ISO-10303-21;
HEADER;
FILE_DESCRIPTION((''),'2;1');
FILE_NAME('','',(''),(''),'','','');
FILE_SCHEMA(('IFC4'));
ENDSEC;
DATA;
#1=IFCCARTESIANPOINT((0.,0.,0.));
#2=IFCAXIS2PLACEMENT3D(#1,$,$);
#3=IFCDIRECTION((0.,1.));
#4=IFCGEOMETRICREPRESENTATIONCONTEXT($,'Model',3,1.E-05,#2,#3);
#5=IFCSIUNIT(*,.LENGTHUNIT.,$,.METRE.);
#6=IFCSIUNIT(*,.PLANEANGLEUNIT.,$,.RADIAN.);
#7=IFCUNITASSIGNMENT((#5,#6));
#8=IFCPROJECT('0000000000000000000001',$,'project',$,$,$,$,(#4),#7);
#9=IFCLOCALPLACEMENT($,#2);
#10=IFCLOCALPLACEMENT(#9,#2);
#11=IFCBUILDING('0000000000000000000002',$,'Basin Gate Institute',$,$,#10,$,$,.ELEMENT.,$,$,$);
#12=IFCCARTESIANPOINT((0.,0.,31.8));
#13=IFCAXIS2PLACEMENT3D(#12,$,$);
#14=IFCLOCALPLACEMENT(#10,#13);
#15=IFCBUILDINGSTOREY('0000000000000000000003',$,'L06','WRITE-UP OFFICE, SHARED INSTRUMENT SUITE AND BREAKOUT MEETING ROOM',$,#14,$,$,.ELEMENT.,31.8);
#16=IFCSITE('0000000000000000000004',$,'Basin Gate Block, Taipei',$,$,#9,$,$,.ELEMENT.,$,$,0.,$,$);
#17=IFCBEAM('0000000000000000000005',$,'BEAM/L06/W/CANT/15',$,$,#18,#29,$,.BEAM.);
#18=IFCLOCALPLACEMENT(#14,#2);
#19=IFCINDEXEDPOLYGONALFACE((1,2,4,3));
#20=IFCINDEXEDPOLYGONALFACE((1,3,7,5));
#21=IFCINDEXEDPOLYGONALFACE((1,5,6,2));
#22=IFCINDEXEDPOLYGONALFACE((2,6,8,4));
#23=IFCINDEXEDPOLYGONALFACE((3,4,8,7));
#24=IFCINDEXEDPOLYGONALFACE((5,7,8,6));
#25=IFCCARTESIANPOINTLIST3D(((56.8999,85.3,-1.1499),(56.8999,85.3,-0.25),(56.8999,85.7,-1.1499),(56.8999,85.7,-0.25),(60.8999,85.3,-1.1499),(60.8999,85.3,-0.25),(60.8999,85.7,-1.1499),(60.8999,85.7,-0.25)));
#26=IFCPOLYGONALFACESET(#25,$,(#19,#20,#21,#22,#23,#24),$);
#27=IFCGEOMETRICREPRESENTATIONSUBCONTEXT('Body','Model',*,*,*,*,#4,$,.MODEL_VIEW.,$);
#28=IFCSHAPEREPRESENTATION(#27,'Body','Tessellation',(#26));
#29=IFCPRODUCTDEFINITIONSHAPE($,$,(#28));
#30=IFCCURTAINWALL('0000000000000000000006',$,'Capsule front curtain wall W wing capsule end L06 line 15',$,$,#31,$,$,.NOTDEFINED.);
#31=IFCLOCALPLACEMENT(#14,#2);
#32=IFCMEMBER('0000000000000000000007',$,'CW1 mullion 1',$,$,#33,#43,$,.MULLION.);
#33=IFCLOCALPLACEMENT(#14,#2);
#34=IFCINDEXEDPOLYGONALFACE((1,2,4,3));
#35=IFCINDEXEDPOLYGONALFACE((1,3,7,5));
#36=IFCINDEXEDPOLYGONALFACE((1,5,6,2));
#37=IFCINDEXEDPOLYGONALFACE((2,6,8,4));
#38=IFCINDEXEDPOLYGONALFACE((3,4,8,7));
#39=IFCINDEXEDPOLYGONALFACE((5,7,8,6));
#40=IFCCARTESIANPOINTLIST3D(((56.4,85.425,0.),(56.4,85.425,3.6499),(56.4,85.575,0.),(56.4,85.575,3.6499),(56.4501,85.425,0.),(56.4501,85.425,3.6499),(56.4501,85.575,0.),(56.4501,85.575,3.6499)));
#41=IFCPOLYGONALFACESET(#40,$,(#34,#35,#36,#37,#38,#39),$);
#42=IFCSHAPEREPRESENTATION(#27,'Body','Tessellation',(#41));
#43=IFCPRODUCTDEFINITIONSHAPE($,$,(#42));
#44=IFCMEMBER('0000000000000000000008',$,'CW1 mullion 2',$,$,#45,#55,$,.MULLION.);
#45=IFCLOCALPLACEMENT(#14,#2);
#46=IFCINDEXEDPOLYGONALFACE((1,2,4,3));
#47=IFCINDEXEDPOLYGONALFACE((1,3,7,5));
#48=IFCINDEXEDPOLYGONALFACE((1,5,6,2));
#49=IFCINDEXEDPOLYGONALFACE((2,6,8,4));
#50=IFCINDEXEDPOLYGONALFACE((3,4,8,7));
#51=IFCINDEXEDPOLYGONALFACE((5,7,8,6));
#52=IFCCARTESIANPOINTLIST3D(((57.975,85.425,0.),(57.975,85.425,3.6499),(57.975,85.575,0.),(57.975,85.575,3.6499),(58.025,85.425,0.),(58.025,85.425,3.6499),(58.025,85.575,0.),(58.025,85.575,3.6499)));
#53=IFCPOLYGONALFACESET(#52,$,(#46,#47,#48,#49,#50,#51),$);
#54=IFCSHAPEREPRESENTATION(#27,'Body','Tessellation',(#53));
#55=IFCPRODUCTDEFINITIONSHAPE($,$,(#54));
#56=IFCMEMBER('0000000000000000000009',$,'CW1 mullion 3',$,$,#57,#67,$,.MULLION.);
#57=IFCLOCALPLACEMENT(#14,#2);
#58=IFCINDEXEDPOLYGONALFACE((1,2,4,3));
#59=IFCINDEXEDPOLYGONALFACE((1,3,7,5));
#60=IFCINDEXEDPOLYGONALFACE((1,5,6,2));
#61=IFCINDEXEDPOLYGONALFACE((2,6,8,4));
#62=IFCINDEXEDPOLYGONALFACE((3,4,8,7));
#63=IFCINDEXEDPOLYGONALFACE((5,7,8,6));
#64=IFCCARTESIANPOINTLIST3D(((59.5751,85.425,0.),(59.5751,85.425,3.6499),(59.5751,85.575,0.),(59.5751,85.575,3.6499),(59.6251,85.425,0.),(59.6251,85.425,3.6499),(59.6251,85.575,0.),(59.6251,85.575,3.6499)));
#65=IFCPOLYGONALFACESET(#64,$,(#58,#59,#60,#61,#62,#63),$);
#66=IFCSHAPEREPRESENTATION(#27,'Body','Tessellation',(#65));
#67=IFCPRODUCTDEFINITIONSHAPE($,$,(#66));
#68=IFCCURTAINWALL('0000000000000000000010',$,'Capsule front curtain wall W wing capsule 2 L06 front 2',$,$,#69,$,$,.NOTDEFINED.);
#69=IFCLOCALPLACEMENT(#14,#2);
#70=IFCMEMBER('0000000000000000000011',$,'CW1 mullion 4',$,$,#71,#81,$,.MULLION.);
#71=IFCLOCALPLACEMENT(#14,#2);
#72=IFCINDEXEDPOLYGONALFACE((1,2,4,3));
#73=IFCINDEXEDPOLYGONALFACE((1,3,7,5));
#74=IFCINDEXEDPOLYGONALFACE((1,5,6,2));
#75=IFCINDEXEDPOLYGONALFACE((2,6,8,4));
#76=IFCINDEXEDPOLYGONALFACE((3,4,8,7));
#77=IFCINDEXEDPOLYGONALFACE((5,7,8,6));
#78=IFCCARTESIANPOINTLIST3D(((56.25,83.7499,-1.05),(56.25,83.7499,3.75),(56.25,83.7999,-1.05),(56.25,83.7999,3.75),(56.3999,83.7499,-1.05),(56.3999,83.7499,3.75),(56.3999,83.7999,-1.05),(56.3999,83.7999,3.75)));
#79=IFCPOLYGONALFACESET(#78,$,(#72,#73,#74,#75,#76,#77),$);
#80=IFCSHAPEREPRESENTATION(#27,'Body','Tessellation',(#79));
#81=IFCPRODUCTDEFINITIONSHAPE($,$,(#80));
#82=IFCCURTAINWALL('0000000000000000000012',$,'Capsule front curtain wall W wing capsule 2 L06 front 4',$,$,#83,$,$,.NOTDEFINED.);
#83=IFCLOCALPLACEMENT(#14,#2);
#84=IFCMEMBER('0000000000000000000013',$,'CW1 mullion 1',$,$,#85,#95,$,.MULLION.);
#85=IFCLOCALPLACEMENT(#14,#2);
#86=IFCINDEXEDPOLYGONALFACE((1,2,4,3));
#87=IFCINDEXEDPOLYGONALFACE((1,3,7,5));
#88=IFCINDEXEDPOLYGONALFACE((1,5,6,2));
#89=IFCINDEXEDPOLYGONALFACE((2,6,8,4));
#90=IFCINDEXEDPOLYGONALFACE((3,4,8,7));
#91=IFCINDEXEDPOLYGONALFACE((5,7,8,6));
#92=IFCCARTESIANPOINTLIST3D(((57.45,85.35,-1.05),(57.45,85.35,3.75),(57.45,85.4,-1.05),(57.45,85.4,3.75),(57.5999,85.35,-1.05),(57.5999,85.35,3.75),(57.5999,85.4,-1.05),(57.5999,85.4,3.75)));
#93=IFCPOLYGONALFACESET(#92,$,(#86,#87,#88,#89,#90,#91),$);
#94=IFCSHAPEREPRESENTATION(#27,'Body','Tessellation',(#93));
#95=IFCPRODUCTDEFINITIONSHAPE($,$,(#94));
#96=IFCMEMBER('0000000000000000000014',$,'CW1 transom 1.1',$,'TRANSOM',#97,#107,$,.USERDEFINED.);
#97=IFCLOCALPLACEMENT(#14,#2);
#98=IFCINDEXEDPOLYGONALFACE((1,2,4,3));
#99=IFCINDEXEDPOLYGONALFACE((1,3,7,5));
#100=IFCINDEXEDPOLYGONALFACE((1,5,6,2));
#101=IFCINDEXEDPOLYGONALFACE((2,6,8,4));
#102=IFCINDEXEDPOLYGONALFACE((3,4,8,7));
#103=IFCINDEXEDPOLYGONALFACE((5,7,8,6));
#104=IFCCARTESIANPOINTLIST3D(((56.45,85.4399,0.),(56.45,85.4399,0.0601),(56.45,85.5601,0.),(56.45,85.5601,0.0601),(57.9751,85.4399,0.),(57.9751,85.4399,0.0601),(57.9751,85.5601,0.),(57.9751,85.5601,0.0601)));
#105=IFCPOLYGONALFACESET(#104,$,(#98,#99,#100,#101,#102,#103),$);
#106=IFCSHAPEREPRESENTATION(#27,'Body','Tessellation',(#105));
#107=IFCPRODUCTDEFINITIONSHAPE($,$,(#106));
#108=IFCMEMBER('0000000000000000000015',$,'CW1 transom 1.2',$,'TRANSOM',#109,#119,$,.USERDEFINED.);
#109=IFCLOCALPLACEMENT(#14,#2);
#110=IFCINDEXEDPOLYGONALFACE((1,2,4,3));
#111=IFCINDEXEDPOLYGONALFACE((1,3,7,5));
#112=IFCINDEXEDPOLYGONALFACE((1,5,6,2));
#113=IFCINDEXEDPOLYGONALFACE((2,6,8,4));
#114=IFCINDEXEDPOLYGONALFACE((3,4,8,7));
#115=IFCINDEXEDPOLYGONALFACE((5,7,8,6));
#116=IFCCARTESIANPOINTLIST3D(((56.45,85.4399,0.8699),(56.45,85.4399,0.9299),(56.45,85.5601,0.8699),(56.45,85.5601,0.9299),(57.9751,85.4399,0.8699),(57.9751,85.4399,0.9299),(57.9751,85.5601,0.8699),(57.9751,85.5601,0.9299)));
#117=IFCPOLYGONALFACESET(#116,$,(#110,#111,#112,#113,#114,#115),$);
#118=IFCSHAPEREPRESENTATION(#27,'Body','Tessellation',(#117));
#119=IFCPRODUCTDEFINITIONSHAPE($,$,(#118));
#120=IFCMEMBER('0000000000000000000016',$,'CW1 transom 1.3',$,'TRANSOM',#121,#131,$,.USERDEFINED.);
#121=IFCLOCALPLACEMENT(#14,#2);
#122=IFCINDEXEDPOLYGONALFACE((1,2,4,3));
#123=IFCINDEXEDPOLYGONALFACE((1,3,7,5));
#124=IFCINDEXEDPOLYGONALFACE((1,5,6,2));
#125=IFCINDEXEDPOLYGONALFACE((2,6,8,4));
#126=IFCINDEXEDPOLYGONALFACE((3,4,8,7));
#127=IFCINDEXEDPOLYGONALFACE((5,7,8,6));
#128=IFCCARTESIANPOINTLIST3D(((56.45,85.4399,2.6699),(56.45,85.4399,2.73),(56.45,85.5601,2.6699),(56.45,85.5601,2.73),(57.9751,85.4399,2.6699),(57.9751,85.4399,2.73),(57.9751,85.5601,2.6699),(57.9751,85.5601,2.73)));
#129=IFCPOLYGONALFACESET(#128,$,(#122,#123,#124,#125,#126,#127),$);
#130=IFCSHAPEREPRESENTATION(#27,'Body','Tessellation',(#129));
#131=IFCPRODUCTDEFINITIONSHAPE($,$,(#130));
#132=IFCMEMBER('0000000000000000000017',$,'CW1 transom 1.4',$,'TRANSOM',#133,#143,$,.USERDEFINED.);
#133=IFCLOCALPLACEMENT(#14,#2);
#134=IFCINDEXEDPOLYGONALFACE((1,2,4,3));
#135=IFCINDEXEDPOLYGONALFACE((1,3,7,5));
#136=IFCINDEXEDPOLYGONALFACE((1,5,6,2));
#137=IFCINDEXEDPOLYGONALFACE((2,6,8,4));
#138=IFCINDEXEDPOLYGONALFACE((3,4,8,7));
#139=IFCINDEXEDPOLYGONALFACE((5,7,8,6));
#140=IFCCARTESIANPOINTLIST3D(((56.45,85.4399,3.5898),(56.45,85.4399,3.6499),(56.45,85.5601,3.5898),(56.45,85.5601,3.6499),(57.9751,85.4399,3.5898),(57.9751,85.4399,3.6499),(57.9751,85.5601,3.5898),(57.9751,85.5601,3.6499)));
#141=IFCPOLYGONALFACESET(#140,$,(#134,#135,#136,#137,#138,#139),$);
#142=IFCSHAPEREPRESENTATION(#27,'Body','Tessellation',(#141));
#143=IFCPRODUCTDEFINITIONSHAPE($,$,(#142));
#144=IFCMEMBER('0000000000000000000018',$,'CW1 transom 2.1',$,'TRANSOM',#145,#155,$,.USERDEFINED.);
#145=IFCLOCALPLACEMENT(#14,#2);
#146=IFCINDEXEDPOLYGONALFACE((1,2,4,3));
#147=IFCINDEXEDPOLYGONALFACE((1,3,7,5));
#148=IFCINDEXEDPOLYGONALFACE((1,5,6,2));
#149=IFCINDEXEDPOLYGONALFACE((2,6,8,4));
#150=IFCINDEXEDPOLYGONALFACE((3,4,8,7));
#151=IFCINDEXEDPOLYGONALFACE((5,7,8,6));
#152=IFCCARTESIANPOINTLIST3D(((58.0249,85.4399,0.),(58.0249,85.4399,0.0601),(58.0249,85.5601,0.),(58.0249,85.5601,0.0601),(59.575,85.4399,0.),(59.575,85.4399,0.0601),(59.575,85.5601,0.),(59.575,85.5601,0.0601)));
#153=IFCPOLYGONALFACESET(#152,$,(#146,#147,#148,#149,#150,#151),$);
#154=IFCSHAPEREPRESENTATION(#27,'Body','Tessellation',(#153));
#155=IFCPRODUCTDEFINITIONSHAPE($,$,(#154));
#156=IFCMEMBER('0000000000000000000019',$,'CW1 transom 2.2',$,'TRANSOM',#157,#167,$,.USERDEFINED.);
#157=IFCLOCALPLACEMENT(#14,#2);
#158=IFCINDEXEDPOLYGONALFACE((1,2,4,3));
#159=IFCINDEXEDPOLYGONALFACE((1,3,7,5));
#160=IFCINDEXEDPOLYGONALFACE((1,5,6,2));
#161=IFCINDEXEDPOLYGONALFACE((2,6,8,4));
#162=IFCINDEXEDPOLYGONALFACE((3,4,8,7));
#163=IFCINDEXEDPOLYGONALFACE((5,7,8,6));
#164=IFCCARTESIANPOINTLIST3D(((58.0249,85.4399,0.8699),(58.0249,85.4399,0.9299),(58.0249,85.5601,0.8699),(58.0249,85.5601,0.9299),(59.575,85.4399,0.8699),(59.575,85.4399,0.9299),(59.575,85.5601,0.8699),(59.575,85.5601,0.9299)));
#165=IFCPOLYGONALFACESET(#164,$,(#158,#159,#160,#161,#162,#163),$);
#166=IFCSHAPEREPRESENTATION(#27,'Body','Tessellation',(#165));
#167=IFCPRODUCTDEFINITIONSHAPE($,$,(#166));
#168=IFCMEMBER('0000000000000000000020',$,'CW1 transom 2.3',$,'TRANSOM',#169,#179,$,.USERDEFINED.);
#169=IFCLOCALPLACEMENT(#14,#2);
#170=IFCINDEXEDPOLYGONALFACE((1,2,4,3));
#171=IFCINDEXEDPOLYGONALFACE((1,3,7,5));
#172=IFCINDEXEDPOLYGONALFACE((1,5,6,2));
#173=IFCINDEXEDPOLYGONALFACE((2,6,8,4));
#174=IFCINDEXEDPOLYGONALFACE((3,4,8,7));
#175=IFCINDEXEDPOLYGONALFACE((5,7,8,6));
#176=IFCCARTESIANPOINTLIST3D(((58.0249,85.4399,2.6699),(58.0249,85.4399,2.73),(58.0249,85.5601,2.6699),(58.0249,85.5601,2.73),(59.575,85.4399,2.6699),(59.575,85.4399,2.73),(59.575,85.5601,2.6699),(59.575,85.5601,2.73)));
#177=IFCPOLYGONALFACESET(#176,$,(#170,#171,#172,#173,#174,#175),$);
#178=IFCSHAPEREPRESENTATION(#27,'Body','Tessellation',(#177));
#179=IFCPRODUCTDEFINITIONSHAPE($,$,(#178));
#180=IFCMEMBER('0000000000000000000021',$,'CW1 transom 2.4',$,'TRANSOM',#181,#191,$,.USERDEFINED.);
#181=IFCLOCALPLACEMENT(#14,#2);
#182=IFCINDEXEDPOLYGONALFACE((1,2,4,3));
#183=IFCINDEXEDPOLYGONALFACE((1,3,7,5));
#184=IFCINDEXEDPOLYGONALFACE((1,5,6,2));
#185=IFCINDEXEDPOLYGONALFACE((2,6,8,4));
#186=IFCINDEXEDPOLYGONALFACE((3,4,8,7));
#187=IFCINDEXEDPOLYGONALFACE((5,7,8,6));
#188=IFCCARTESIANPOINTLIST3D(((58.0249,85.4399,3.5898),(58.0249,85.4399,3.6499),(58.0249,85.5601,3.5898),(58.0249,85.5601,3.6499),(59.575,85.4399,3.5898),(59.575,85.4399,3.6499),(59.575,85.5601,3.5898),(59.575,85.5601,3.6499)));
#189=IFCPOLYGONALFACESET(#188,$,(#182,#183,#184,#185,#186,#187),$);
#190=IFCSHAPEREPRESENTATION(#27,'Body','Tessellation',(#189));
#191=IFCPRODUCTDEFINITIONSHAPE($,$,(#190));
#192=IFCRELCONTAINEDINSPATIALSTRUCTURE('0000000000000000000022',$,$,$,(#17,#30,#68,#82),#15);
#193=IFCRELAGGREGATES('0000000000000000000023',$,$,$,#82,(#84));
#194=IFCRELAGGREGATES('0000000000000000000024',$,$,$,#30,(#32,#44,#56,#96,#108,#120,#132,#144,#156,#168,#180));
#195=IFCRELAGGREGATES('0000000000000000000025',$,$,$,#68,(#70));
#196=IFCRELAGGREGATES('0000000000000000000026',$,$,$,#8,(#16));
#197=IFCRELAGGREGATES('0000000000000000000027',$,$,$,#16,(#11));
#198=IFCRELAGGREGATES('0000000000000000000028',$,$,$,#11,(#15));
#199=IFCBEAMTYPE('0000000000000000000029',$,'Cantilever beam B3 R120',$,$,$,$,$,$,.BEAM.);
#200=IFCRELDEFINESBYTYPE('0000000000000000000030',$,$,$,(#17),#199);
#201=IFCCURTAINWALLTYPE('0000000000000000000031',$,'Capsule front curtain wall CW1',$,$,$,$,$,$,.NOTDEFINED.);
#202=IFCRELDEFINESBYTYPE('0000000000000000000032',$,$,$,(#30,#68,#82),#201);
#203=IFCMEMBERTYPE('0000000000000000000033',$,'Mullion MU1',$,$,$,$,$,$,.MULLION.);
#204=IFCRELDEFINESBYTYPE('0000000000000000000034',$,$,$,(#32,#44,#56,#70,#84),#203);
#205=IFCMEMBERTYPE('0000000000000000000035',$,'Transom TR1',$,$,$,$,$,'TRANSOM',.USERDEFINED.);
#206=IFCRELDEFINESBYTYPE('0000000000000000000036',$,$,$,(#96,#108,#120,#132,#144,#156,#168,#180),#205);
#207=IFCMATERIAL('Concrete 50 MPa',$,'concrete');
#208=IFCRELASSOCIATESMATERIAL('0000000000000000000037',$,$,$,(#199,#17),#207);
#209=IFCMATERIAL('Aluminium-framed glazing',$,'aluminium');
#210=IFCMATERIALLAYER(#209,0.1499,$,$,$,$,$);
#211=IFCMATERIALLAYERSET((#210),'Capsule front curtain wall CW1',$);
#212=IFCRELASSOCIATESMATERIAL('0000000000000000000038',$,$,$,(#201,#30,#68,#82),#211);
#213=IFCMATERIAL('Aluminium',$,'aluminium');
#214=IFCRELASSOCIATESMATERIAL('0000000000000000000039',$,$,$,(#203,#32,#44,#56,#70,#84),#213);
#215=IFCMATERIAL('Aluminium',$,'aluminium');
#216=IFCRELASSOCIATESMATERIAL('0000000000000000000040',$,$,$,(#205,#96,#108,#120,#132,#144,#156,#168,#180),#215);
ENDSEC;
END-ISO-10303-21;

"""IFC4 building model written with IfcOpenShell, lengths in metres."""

from ifc_helpers import new_model, si_unit, direction, frame, origin, origin_2d, place, context, subcontext, project, spatial, rectangle, extrude, material, layer, layer_set, material_profile, profile_set, type_object, element, aggregate, save


model = new_model("IFC4")

# Units and contexts
model_context = context("Model", 3, precision=1e-05, world=origin(), true_north=direction((0.0, 1.0)))
body_context = subcontext(model_context, "Body", "Model", "MODEL_VIEW")
ifc_project = project(units=[si_unit("LENGTHUNIT", "METRE"), si_unit("PLANEANGLEUNIT", "RADIAN")], contexts=[model_context])

# Site, building, storey
site_placement = place(None, origin())
site = spatial("IfcSite", under=ifc_project, at=site_placement, Name="Basin Gate Block, Taipei", CompositionType="ELEMENT", RefElevation=0.0)
building_placement = place(site_placement, origin())
building = spatial("IfcBuilding", under=site, at=building_placement, Name="Basin Gate Institute", CompositionType="ELEMENT")
storey_placement = place(building_placement, frame((0.0, 0.0, 31.8)))
storey = spatial("IfcBuildingStorey", under=building, at=storey_placement, Name="L06", Description="WRITE-UP OFFICE, SHARED INSTRUMENT SUITE AND BREAKOUT MEETING ROOM", CompositionType="ELEMENT", Elevation=31.8)

# Beam
ifc_material_1 = material(Name="Concrete 50 MPa", Category="concrete")
ifc_material_profile_1 = material_profile(ifc_material_1, rectangle(XDim=0.3999, YDim=0.8999, at=origin_2d()), Name="Cantilever beam B3 400 x 900")
ifc_profile_set_1 = profile_set([ifc_material_profile_1], Name="Concrete 50 MPa")
beam_type = type_object("IfcBeamType", Name="Cantilever beam B3 R120", PredefinedType="BEAM", material=ifc_profile_set_1)
beam_placement = place(storey_placement, frame((56.8999, 85.5, -0.7), z_axis=(1.0, 0.0, 0.0), x_axis=(0.0, 1.0, 0.0)))
element("IfcBeam", 1, at=beam_placement, inside=storey, type_object=beam_type, material=ifc_profile_set_1, Name="BEAM/L06/W/CANT/15", PredefinedType="BEAM", context=body_context, shape_type="SweptSolid", body=[
    extrude(rectangle(XDim=0.3999, YDim=0.8999, at=origin_2d()), origin(), (0.0, 0.0, 1.0), 4.0),
])

# Curtain wall, members
ifc_material_2 = material(Name="Aluminium-framed glazing", Category="aluminium")
ifc_layer_1 = layer(ifc_material_2, 0.1499)
ifc_layer_set_1 = layer_set([ifc_layer_1], Name="Capsule front curtain wall CW1")
curtain_wall_type = type_object("IfcCurtainWallType", Name="Capsule front curtain wall CW1", PredefinedType="NOTDEFINED", material=ifc_layer_set_1)
curtain_wall_1_placement = place(storey_placement, origin())
curtain_wall_1 = element("IfcCurtainWall", 2, at=curtain_wall_1_placement, inside=storey, type_object=curtain_wall_type, material=ifc_layer_set_1, Name="Capsule front curtain wall W wing capsule end L06 line 15", PredefinedType="NOTDEFINED")
ifc_material_3 = material(Name="Aluminium", Category="aluminium")
ifc_material_profile_2 = material_profile(ifc_material_3, rectangle(XDim=0.1499, YDim=0.05, at=origin_2d()), Name="Mullion MU1 150 x 50")
ifc_profile_set_2 = profile_set([ifc_material_profile_2], Name="Aluminium")
member_type_1 = type_object("IfcMemberType", Name="Mullion MU1", PredefinedType="MULLION", material=ifc_profile_set_2)
member_1_placement = place(storey_placement, frame((56.425, 85.5, 0.0), z_axis=(0.0, 0.0, 1.0), x_axis=(0.0, 1.0, 0.0)))
member_1 = element("IfcMember", 3, at=member_1_placement, type_object=member_type_1, material=ifc_profile_set_2, Name="CW1 mullion 1", PredefinedType="MULLION", context=body_context, shape_type="SweptSolid", body=[
    extrude(rectangle(XDim=0.1499, YDim=0.05, at=origin_2d()), origin(), (0.0, 0.0, 1.0), 3.6499),
])
member_2_placement = place(storey_placement, frame((58.0, 85.5, 0.0), z_axis=(0.0, 0.0, 1.0), x_axis=(0.0, 1.0, 0.0)))
member_2 = element("IfcMember", 4, at=member_2_placement, type_object=member_type_1, material=ifc_profile_set_2, Name="CW1 mullion 2", PredefinedType="MULLION", context=body_context, shape_type="SweptSolid", body=[
    extrude(rectangle(XDim=0.1499, YDim=0.05, at=origin_2d()), origin(), (0.0, 0.0, 1.0), 3.6499),
])
member_3_placement = place(storey_placement, frame((59.6001, 85.5, 0.0), z_axis=(0.0, 0.0, 1.0), x_axis=(0.0, 1.0, 0.0)))
member_3 = element("IfcMember", 5, at=member_3_placement, type_object=member_type_1, material=ifc_profile_set_2, Name="CW1 mullion 3", PredefinedType="MULLION", context=body_context, shape_type="SweptSolid", body=[
    extrude(rectangle(XDim=0.1499, YDim=0.05, at=origin_2d()), origin(), (0.0, 0.0, 1.0), 3.6499),
])

# Curtain walls, members
curtain_wall_2_placement = place(storey_placement, origin())
curtain_wall_2 = element("IfcCurtainWall", 6, at=curtain_wall_2_placement, inside=storey, type_object=curtain_wall_type, material=ifc_layer_set_1, Name="Capsule front curtain wall W wing capsule 2 L06 front 2", PredefinedType="NOTDEFINED")
member_4_placement = place(storey_placement, frame((56.325, 83.7749, -1.05), z_axis=(0.0, 0.0, 1.0), x_axis=(-1.0, 0.0, 0.0)))
member_4 = element("IfcMember", 7, at=member_4_placement, type_object=member_type_1, material=ifc_profile_set_2, Name="CW1 mullion 4", PredefinedType="MULLION", context=body_context, shape_type="SweptSolid", body=[
    extrude(rectangle(XDim=0.1499, YDim=0.05, at=origin_2d()), origin(), (0.0, 0.0, 1.0), 4.8),
])
curtain_wall_3_placement = place(storey_placement, origin())
curtain_wall_3 = element("IfcCurtainWall", 8, at=curtain_wall_3_placement, inside=storey, type_object=curtain_wall_type, material=ifc_layer_set_1, Name="Capsule front curtain wall W wing capsule 2 L06 front 4", PredefinedType="NOTDEFINED")
member_5_placement = place(storey_placement, frame((57.5249, 85.375, -1.05), z_axis=(0.0, 0.0, 1.0), x_axis=(-1.0, 0.0, 0.0)))
member_5 = element("IfcMember", 9, at=member_5_placement, type_object=member_type_1, material=ifc_profile_set_2, Name="CW1 mullion 1", PredefinedType="MULLION", context=body_context, shape_type="SweptSolid", body=[
    extrude(rectangle(XDim=0.1499, YDim=0.05, at=origin_2d()), origin(), (0.0, 0.0, 1.0), 4.8),
])

# Members
ifc_material_4 = material(Name="Aluminium", Category="aluminium")
ifc_material_profile_3 = material_profile(ifc_material_4, rectangle(XDim=0.1201, YDim=0.0601, at=origin_2d()), Name="Transom TR1 120 x 60")
ifc_profile_set_3 = profile_set([ifc_material_profile_3], Name="Aluminium")
member_type_2 = type_object("IfcMemberType", Name="Transom TR1", ElementType="TRANSOM", PredefinedType="USERDEFINED", material=ifc_profile_set_3)
member_6_placement = place(storey_placement, frame((56.45, 85.5, 0.03), z_axis=(1.0, 0.0, 0.0), x_axis=(0.0, 1.0, 0.0)))
member_6 = element("IfcMember", 10, at=member_6_placement, type_object=member_type_2, material=ifc_profile_set_3, Name="CW1 transom 1.1", ObjectType="TRANSOM", PredefinedType="USERDEFINED", context=body_context, shape_type="SweptSolid", body=[
    extrude(rectangle(XDim=0.1201, YDim=0.0601, at=origin_2d()), origin(), (0.0, 0.0, 1.0), 1.5251),
])
member_7_placement = place(storey_placement, frame((56.45, 85.5, 0.8999), z_axis=(1.0, 0.0, 0.0), x_axis=(0.0, 1.0, 0.0)))
member_7 = element("IfcMember", 11, at=member_7_placement, type_object=member_type_2, material=ifc_profile_set_3, Name="CW1 transom 1.2", ObjectType="TRANSOM", PredefinedType="USERDEFINED", context=body_context, shape_type="SweptSolid", body=[
    extrude(rectangle(XDim=0.1201, YDim=0.0601, at=origin_2d()), origin(), (0.0, 0.0, 1.0), 1.5251),
])
member_8_placement = place(storey_placement, frame((56.45, 85.5, 2.7), z_axis=(1.0, 0.0, 0.0), x_axis=(0.0, 1.0, 0.0)))
member_8 = element("IfcMember", 12, at=member_8_placement, type_object=member_type_2, material=ifc_profile_set_3, Name="CW1 transom 1.3", ObjectType="TRANSOM", PredefinedType="USERDEFINED", context=body_context, shape_type="SweptSolid", body=[
    extrude(rectangle(XDim=0.1201, YDim=0.0601, at=origin_2d()), origin(), (0.0, 0.0, 1.0), 1.5251),
])
member_9_placement = place(storey_placement, frame((56.45, 85.5, 3.6199), z_axis=(1.0, 0.0, 0.0), x_axis=(0.0, 1.0, 0.0)))
member_9 = element("IfcMember", 13, at=member_9_placement, type_object=member_type_2, material=ifc_profile_set_3, Name="CW1 transom 1.4", ObjectType="TRANSOM", PredefinedType="USERDEFINED", context=body_context, shape_type="SweptSolid", body=[
    extrude(rectangle(XDim=0.1201, YDim=0.0601, at=origin_2d()), origin(), (0.0, 0.0, 1.0), 1.5251),
])
member_10_placement = place(storey_placement, frame((58.0249, 85.5, 0.03), z_axis=(1.0, 0.0, 0.0), x_axis=(0.0, 1.0, 0.0)))
member_10 = element("IfcMember", 14, at=member_10_placement, type_object=member_type_2, material=ifc_profile_set_3, Name="CW1 transom 2.1", ObjectType="TRANSOM", PredefinedType="USERDEFINED", context=body_context, shape_type="SweptSolid", body=[
    extrude(rectangle(XDim=0.1201, YDim=0.0601, at=origin_2d()), origin(), (0.0, 0.0, 1.0), 1.55),
])
member_11_placement = place(storey_placement, frame((58.0249, 85.5, 0.8999), z_axis=(1.0, 0.0, 0.0), x_axis=(0.0, 1.0, 0.0)))
member_11 = element("IfcMember", 15, at=member_11_placement, type_object=member_type_2, material=ifc_profile_set_3, Name="CW1 transom 2.2", ObjectType="TRANSOM", PredefinedType="USERDEFINED", context=body_context, shape_type="SweptSolid", body=[
    extrude(rectangle(XDim=0.1201, YDim=0.0601, at=origin_2d()), origin(), (0.0, 0.0, 1.0), 1.55),
])
member_12_placement = place(storey_placement, frame((58.0249, 85.5, 2.7), z_axis=(1.0, 0.0, 0.0), x_axis=(0.0, 1.0, 0.0)))
member_12 = element("IfcMember", 16, at=member_12_placement, type_object=member_type_2, material=ifc_profile_set_3, Name="CW1 transom 2.3", ObjectType="TRANSOM", PredefinedType="USERDEFINED", context=body_context, shape_type="SweptSolid", body=[
    extrude(rectangle(XDim=0.1201, YDim=0.0601, at=origin_2d()), origin(), (0.0, 0.0, 1.0), 1.55),
])
member_13_placement = place(storey_placement, frame((58.0249, 85.5, 3.6199), z_axis=(1.0, 0.0, 0.0), x_axis=(0.0, 1.0, 0.0)))
member_13 = element("IfcMember", 17, at=member_13_placement, type_object=member_type_2, material=ifc_profile_set_3, Name="CW1 transom 2.4", ObjectType="TRANSOM", PredefinedType="USERDEFINED", context=body_context, shape_type="SweptSolid", body=[
    extrude(rectangle(XDim=0.1201, YDim=0.0601, at=origin_2d()), origin(), (0.0, 0.0, 1.0), 1.55),
])
aggregate(curtain_wall_3, [member_5])

aggregate(curtain_wall_1, [member_1, member_2, member_3, member_6, member_7, member_8, member_9, member_10, member_11, member_12, member_13])
aggregate(curtain_wall_2, [member_4])

save(model, "model.ifc")
